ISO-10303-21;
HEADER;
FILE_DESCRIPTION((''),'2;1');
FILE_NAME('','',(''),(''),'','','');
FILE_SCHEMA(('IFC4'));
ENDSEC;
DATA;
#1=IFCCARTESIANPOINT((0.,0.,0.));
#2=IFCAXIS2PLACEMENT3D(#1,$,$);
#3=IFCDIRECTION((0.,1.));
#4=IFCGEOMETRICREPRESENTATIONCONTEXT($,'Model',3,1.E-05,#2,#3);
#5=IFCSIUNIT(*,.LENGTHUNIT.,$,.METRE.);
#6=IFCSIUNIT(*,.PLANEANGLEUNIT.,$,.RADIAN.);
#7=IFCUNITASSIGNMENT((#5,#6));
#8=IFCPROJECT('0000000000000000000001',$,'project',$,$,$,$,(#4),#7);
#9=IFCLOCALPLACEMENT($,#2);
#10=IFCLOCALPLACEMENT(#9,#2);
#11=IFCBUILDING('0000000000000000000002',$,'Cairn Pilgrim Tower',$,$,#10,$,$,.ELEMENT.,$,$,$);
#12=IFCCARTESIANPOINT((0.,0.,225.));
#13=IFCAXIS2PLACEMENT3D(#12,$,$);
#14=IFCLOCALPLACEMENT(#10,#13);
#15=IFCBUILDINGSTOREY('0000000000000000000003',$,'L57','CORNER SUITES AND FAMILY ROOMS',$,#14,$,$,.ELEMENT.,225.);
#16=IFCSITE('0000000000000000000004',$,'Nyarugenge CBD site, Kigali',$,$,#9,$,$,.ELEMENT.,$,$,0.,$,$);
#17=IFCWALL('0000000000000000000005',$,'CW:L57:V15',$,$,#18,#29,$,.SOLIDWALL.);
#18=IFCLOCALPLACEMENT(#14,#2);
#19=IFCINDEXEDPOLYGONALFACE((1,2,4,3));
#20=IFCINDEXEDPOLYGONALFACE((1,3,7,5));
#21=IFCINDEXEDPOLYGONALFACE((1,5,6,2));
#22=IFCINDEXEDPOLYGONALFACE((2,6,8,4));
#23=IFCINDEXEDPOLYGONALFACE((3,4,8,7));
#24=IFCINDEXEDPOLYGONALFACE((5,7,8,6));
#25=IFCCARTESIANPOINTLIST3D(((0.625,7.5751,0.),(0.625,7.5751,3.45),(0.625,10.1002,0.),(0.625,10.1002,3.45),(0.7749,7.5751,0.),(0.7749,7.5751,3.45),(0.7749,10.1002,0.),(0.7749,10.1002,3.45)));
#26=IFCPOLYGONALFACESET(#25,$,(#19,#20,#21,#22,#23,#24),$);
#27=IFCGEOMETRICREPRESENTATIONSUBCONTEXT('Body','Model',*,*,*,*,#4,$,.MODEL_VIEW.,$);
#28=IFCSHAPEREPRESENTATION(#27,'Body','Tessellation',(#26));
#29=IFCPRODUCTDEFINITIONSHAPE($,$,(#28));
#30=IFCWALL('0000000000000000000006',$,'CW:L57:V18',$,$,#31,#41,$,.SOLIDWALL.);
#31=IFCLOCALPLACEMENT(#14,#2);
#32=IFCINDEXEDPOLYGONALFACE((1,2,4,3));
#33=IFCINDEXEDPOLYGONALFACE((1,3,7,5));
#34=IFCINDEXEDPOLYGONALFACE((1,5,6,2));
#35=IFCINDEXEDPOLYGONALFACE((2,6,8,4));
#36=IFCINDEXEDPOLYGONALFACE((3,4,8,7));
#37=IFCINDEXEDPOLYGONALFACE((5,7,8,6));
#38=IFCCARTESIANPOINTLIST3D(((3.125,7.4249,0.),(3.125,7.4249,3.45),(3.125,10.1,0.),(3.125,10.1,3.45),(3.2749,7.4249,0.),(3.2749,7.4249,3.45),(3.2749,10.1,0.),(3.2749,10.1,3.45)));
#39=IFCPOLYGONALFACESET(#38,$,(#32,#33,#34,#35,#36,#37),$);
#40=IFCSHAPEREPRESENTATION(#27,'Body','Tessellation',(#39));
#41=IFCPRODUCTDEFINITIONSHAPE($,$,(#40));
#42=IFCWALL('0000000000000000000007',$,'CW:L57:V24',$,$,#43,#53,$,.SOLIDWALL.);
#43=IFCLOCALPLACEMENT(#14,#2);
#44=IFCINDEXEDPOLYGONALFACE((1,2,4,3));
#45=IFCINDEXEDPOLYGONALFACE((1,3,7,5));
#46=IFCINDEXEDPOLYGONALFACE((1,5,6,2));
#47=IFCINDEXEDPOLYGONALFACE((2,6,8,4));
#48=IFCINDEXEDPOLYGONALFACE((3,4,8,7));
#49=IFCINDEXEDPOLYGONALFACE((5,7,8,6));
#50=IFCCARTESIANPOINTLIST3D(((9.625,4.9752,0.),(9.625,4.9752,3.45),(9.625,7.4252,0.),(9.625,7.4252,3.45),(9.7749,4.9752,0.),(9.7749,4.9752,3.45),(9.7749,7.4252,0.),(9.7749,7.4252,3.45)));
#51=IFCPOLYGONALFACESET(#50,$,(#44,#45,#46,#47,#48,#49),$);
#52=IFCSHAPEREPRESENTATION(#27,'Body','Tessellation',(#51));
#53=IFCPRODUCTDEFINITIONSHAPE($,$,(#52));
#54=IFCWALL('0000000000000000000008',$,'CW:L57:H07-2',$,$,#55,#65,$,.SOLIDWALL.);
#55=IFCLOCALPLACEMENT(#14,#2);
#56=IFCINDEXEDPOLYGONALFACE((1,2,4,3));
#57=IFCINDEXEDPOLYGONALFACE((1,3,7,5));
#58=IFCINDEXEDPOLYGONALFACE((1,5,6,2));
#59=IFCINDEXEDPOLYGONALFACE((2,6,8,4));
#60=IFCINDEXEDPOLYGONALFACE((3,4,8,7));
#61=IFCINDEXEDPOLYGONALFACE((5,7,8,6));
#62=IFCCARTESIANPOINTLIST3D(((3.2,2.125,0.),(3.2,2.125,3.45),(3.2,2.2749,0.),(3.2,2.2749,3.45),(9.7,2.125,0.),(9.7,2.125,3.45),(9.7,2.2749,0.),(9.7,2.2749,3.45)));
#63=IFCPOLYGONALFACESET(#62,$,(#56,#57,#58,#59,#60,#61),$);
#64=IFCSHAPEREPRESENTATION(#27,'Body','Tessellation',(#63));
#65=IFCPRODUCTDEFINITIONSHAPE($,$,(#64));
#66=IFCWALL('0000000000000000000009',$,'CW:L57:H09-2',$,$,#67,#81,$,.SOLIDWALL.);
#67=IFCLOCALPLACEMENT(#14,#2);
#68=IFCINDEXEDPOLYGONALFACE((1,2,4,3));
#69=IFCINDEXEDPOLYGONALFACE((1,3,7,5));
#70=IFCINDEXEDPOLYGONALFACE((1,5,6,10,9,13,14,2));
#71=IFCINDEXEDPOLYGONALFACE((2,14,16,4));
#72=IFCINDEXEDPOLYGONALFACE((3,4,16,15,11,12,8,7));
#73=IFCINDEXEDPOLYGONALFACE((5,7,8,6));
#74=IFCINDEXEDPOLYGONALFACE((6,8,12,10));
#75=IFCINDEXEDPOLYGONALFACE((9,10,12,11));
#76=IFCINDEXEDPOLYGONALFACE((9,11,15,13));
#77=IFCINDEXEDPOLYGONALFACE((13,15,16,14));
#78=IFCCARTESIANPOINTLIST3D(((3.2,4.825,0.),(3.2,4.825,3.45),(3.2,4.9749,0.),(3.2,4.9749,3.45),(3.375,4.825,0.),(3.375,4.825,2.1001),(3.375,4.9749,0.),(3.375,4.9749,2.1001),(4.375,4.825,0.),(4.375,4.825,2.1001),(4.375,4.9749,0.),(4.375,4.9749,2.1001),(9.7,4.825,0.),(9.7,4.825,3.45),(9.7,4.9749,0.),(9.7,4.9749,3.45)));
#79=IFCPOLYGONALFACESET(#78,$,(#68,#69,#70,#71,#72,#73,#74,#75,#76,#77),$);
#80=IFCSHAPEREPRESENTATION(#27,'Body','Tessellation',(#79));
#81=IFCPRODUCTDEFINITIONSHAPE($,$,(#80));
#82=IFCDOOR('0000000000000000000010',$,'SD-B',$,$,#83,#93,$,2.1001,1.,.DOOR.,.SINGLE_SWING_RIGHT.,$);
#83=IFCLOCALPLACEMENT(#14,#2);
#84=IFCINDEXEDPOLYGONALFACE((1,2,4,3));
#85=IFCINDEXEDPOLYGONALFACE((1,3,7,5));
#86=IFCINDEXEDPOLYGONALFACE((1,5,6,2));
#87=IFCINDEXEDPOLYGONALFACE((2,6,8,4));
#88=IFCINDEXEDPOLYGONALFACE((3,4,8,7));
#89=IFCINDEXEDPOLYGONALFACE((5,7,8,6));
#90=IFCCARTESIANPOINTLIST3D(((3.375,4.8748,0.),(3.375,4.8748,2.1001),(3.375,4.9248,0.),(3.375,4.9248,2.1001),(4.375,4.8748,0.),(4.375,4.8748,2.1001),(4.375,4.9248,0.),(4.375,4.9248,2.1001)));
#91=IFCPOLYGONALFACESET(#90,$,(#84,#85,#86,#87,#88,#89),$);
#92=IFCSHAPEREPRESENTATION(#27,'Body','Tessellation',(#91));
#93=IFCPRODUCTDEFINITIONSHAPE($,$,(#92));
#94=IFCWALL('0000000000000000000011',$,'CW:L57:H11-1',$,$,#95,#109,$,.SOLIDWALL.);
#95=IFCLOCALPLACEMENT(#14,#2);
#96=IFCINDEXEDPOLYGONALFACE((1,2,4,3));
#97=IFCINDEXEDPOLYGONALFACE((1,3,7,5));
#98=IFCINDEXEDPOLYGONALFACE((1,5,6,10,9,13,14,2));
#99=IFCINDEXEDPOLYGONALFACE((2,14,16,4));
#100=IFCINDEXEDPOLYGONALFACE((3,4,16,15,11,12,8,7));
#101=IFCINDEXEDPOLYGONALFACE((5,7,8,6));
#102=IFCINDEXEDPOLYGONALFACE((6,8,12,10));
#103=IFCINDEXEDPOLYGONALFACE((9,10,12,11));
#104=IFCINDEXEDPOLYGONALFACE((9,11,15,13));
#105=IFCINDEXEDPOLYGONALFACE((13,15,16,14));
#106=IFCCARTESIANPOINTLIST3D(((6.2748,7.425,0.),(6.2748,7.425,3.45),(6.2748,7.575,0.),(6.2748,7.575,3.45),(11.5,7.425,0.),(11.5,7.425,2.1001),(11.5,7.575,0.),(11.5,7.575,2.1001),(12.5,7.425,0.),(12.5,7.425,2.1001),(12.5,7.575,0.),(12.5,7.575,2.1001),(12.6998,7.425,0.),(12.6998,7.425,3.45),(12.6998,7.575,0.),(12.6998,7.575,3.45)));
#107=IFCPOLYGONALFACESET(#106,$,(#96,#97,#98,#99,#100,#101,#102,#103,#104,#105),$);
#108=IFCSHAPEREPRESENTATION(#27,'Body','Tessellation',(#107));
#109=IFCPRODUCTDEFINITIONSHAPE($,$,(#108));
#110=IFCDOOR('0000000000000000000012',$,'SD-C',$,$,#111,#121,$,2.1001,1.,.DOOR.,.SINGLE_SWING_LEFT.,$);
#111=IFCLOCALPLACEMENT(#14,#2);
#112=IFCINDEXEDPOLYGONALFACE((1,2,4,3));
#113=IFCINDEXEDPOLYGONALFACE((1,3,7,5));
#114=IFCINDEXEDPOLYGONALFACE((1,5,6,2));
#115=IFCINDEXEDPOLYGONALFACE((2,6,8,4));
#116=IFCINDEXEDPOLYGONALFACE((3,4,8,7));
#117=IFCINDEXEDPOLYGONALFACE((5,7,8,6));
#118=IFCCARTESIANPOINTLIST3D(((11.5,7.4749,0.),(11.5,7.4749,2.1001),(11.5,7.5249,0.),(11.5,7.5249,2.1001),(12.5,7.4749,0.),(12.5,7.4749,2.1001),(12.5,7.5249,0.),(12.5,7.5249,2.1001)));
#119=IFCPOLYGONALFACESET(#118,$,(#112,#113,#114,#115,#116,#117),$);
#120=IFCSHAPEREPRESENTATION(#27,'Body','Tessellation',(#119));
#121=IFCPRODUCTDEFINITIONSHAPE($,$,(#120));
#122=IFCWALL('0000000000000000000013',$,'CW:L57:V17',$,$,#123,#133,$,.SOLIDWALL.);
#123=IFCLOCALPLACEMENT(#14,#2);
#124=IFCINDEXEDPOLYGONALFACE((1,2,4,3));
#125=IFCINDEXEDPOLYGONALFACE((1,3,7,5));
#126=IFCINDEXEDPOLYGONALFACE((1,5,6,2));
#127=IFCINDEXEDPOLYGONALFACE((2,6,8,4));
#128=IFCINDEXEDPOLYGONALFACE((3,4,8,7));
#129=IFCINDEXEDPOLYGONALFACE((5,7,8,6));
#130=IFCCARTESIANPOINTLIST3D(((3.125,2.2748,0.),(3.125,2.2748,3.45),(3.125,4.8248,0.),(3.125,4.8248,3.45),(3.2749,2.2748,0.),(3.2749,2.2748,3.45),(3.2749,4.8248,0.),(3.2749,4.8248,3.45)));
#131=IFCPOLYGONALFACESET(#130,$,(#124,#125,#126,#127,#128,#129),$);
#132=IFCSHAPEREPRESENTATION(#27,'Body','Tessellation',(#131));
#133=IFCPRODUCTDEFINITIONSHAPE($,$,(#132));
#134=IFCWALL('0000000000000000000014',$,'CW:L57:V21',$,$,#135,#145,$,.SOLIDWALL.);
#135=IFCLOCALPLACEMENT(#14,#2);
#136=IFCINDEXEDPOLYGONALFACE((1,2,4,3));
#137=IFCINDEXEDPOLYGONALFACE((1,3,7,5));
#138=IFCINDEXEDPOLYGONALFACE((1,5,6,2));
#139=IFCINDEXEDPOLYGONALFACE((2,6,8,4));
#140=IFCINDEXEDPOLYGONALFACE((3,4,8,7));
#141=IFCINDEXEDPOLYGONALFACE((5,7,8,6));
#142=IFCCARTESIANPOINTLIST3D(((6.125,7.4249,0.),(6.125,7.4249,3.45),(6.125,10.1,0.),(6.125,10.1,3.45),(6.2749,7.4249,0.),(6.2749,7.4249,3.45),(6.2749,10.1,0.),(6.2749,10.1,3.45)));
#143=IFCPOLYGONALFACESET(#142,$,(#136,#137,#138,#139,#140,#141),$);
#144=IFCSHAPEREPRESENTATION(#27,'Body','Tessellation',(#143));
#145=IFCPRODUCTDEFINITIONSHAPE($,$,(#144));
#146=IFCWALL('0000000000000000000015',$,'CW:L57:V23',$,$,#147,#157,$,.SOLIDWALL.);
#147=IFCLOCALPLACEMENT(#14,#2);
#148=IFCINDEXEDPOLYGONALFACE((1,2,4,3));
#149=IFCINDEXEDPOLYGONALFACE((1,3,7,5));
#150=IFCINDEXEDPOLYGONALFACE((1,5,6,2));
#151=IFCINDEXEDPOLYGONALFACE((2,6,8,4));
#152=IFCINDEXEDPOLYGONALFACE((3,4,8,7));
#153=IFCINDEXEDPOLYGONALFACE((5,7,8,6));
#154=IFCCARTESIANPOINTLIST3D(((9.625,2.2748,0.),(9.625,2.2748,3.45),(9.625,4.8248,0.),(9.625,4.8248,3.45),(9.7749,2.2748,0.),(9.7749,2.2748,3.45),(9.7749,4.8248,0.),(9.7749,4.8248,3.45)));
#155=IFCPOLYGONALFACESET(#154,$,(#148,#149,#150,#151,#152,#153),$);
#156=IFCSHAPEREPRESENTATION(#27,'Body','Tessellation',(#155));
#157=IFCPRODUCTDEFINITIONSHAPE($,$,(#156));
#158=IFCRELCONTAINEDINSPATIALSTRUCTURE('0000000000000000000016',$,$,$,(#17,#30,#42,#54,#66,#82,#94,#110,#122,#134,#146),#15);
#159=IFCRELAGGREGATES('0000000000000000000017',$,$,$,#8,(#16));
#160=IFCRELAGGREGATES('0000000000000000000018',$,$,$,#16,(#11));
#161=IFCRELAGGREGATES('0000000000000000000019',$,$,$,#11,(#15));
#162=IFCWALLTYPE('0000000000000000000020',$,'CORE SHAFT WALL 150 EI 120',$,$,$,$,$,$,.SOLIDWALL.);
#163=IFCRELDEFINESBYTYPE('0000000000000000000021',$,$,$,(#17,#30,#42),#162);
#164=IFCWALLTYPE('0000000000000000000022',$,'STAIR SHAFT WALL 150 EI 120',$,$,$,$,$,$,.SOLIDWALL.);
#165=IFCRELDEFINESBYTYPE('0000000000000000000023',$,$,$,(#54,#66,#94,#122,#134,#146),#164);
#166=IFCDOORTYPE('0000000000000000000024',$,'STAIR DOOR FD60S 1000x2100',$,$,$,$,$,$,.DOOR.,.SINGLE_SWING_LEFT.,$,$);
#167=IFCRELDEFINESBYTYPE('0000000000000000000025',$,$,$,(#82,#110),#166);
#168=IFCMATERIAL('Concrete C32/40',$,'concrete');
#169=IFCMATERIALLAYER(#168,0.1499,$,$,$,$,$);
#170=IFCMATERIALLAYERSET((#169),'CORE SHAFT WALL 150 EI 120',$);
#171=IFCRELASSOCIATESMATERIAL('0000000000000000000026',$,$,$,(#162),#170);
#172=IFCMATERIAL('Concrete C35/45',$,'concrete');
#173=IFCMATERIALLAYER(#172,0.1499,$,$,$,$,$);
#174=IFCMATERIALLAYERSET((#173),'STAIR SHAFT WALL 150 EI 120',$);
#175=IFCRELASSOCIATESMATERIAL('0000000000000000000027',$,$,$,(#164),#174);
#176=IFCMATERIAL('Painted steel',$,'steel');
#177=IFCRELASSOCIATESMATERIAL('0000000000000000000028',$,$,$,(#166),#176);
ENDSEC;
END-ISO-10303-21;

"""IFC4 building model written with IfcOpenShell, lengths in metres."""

from ifc_helpers import new_model, si_unit, direction, frame, frame_2d, origin, place, context, subcontext, project, spatial, rectangle, extrude, material, layer, layer_set, type_object, element, fill, save


model = new_model("IFC4")

# Units and contexts
model_context = context("Model", 3, precision=1e-05, world=origin(), true_north=direction((0.0, 1.0)))
body_context = subcontext(model_context, "Body", "Model", "MODEL_VIEW")
ifc_project = project(units=[si_unit("LENGTHUNIT", "METRE"), si_unit("PLANEANGLEUNIT", "RADIAN")], contexts=[model_context])

# Site, building, storey
site_placement = place(None, origin())
site = spatial("IfcSite", under=ifc_project, at=site_placement, Name="Nyarugenge CBD site, Kigali", CompositionType="ELEMENT", RefElevation=0.0)
building_placement = place(site_placement, origin())
building = spatial("IfcBuilding", under=site, at=building_placement, Name="Cairn Pilgrim Tower", CompositionType="ELEMENT")
storey_placement = place(building_placement, frame((0.0, 0.0, 225.0)))
storey = spatial("IfcBuildingStorey", under=building, at=storey_placement, Name="L57", Description="CORNER SUITES AND FAMILY ROOMS", CompositionType="ELEMENT", Elevation=225.0)

# Shared definitions
ifc_material_1 = material(Name="Concrete C35/45", Category="concrete")

# Shared definitions
ifc_material_2 = material(Name="Concrete C32/40", Category="concrete")

# Shared definitions
ifc_layer_1 = layer(ifc_material_2, 0.1499)
ifc_layer_set_1 = layer_set([ifc_layer_1], Name="CORE SHAFT WALL 150 EI 120")
wall_type_1 = type_object("IfcWallType", Name="CORE SHAFT WALL 150 EI 120", PredefinedType="SOLIDWALL", material=ifc_layer_set_1)

# Shared definitions
ifc_material_3 = material(Name="Painted steel", Category="steel")

# Walls
wall_1_placement = place(storey_placement, frame((0.7, 7.575, 0.0), z_axis=(0.0, 0.0, 1.0), x_axis=(0.0, 1.0, 0.0)))
element("IfcWall", 1, at=wall_1_placement, inside=storey, type_object=wall_type_1, Name="CW:L57:V15", PredefinedType="SOLIDWALL", context=body_context, shape_type="SweptSolid", body=[
    extrude(rectangle(XDim=2.5251, YDim=0.1499, at=frame_2d((1.2627, 0.0))), origin(), (0.0, 0.0, 1.0), 3.45),
])
wall_2_placement = place(storey_placement, frame((3.2, 7.425, 0.0), z_axis=(0.0, 0.0, 1.0), x_axis=(0.0, 1.0, 0.0)))
element("IfcWall", 2, at=wall_2_placement, inside=storey, type_object=wall_type_1, Name="CW:L57:V18", PredefinedType="SOLIDWALL", context=body_context, shape_type="SweptSolid", body=[
    extrude(rectangle(XDim=2.675, YDim=0.1499, at=frame_2d((1.3374, 0.0))), origin(), (0.0, 0.0, 1.0), 3.45),
])
wall_3_placement = place(storey_placement, frame((9.7, 4.9751, 0.0), z_axis=(0.0, 0.0, 1.0), x_axis=(0.0, 1.0, 0.0)))
element("IfcWall", 3, at=wall_3_placement, inside=storey, type_object=wall_type_1, Name="CW:L57:V24", PredefinedType="SOLIDWALL", context=body_context, shape_type="SweptSolid", body=[
    extrude(rectangle(XDim=2.45, YDim=0.1499, at=frame_2d((1.2251, 0.0))), origin(), (0.0, 0.0, 1.0), 3.45),
])
ifc_layer_2 = layer(ifc_material_1, 0.1499)
ifc_layer_set_2 = layer_set([ifc_layer_2], Name="STAIR SHAFT WALL 150 EI 120")
wall_type_2 = type_object("IfcWallType", Name="STAIR SHAFT WALL 150 EI 120", PredefinedType="SOLIDWALL", material=ifc_layer_set_2)
wall_4_placement = place(storey_placement, frame((3.2, 2.2, 0.0), z_axis=(0.0, 0.0, 1.0), x_axis=(1.0, 0.0, 0.0)))
element("IfcWall", 4, at=wall_4_placement, inside=storey, type_object=wall_type_2, Name="CW:L57:H07-2", PredefinedType="SOLIDWALL", context=body_context, shape_type="SweptSolid", body=[
    extrude(rectangle(XDim=6.5, YDim=0.1499, at=frame_2d((3.25, 0.0))), origin(), (0.0, 0.0, 1.0), 3.45),
])

# Walls, openings, doors
wall_5_placement = place(storey_placement, frame((3.2, 4.8999, 0.0), z_axis=(0.0, 0.0, 1.0), x_axis=(1.0, 0.0, 0.0)))
wall_5 = element("IfcWall", 5, at=wall_5_placement, inside=storey, type_object=wall_type_2, Name="CW:L57:H09-2", PredefinedType="SOLIDWALL", context=body_context, shape_type="SweptSolid", body=[
    extrude(rectangle(XDim=6.5, YDim=0.1499, at=frame_2d((3.25, 0.0))), origin(), (0.0, 0.0, 1.0), 3.45),
])
opening_1_placement = place(wall_5_placement, frame((0.175, 0.0, 0.0)))
opening_1 = element("IfcOpeningElement", 6, at=opening_1_placement, cuts=wall_5, PredefinedType="OPENING", context=body_context, shape_type="SweptSolid", body=[
    extrude(rectangle(XDim=1.0, YDim=2.1001, at=frame_2d((0.5, 1.05))), frame((0.0, 0.085, 0.0), z_axis=(0.0, -1.0, 0.0), x_axis=(1.0, 0.0, 0.0)), (0.0, 0.0, 1.0), 0.1699),
])
door_type_1 = type_object("IfcDoorType", Name="STAIR DOOR FD60S 1000x2100", OperationType="SINGLE_SWING_LEFT", PredefinedType="DOOR", material=ifc_material_3)
door_1_placement = place(opening_1_placement, origin())
door_1 = element("IfcDoor", 7, at=door_1_placement, inside=storey, type_object=door_type_1, Name="SD-B", OperationType="SINGLE_SWING_RIGHT", OverallHeight=2.1001, OverallWidth=1.0, PredefinedType="DOOR", context=body_context, shape_type="SweptSolid", body=[
    extrude(rectangle(XDim=1.0, YDim=2.1001, at=frame_2d((0.5, 1.05))), frame((0.0, 0.0249, 0.0), z_axis=(0.0, -1.0, 0.0), x_axis=(1.0, 0.0, 0.0)), (0.0, 0.0, 1.0), 0.05),
])
fill(opening_1, door_1)
wall_6_placement = place(storey_placement, frame((6.2749, 7.5, 0.0), z_axis=(0.0, 0.0, 1.0), x_axis=(1.0, 0.0, 0.0)))
wall_6 = element("IfcWall", 8, at=wall_6_placement, inside=storey, type_object=wall_type_2, Name="CW:L57:H11-1", PredefinedType="SOLIDWALL", context=body_context, shape_type="SweptSolid", body=[
    extrude(rectangle(XDim=6.425, YDim=0.1499, at=frame_2d((3.2124, 0.0))), origin(), (0.0, 0.0, 1.0), 3.45),
])
opening_2_placement = place(wall_6_placement, frame((5.2251, 0.0, 0.0)))
opening_2 = element("IfcOpeningElement", 9, at=opening_2_placement, cuts=wall_6, PredefinedType="OPENING", context=body_context, shape_type="SweptSolid", body=[
    extrude(rectangle(XDim=1.0, YDim=2.1001, at=frame_2d((0.5, 1.05))), frame((0.0, 0.085, 0.0), z_axis=(0.0, -1.0, 0.0), x_axis=(1.0, 0.0, 0.0)), (0.0, 0.0, 1.0), 0.1699),
])
door_2_placement = place(opening_2_placement, origin())
door_2 = element("IfcDoor", 10, at=door_2_placement, inside=storey, type_object=door_type_1, Name="SD-C", OperationType="SINGLE_SWING_LEFT", OverallHeight=2.1001, OverallWidth=1.0, PredefinedType="DOOR", context=body_context, shape_type="SweptSolid", body=[
    extrude(rectangle(XDim=1.0, YDim=2.1001, at=frame_2d((0.5, 1.05))), frame((0.0, 0.0249, 0.0), z_axis=(0.0, -1.0, 0.0), x_axis=(1.0, 0.0, 0.0)), (0.0, 0.0, 1.0), 0.05),
])
fill(opening_2, door_2)

# Walls
wall_7_placement = place(storey_placement, frame((3.2, 2.2749, 0.0), z_axis=(0.0, 0.0, 1.0), x_axis=(0.0, 1.0, 0.0)))
element("IfcWall", 11, at=wall_7_placement, inside=storey, type_object=wall_type_2, Name="CW:L57:V17", PredefinedType="SOLIDWALL", context=body_context, shape_type="SweptSolid", body=[
    extrude(rectangle(XDim=2.55, YDim=0.1499, at=frame_2d((1.2749, 0.0))), origin(), (0.0, 0.0, 1.0), 3.45),
])
wall_8_placement = place(storey_placement, frame((6.2, 7.425, 0.0), z_axis=(0.0, 0.0, 1.0), x_axis=(0.0, 1.0, 0.0)))
element("IfcWall", 12, at=wall_8_placement, inside=storey, type_object=wall_type_2, Name="CW:L57:V21", PredefinedType="SOLIDWALL", context=body_context, shape_type="SweptSolid", body=[
    extrude(rectangle(XDim=2.675, YDim=0.1499, at=frame_2d((1.3374, 0.0))), origin(), (0.0, 0.0, 1.0), 3.45),
])
wall_9_placement = place(storey_placement, frame((9.7, 2.2749, 0.0), z_axis=(0.0, 0.0, 1.0), x_axis=(0.0, 1.0, 0.0)))
element("IfcWall", 13, at=wall_9_placement, inside=storey, type_object=wall_type_2, Name="CW:L57:V23", PredefinedType="SOLIDWALL", context=body_context, shape_type="SweptSolid", body=[
    extrude(rectangle(XDim=2.55, YDim=0.1499, at=frame_2d((1.2749, 0.0))), origin(), (0.0, 0.0, 1.0), 3.45),
])

save(model, "model.ifc")
